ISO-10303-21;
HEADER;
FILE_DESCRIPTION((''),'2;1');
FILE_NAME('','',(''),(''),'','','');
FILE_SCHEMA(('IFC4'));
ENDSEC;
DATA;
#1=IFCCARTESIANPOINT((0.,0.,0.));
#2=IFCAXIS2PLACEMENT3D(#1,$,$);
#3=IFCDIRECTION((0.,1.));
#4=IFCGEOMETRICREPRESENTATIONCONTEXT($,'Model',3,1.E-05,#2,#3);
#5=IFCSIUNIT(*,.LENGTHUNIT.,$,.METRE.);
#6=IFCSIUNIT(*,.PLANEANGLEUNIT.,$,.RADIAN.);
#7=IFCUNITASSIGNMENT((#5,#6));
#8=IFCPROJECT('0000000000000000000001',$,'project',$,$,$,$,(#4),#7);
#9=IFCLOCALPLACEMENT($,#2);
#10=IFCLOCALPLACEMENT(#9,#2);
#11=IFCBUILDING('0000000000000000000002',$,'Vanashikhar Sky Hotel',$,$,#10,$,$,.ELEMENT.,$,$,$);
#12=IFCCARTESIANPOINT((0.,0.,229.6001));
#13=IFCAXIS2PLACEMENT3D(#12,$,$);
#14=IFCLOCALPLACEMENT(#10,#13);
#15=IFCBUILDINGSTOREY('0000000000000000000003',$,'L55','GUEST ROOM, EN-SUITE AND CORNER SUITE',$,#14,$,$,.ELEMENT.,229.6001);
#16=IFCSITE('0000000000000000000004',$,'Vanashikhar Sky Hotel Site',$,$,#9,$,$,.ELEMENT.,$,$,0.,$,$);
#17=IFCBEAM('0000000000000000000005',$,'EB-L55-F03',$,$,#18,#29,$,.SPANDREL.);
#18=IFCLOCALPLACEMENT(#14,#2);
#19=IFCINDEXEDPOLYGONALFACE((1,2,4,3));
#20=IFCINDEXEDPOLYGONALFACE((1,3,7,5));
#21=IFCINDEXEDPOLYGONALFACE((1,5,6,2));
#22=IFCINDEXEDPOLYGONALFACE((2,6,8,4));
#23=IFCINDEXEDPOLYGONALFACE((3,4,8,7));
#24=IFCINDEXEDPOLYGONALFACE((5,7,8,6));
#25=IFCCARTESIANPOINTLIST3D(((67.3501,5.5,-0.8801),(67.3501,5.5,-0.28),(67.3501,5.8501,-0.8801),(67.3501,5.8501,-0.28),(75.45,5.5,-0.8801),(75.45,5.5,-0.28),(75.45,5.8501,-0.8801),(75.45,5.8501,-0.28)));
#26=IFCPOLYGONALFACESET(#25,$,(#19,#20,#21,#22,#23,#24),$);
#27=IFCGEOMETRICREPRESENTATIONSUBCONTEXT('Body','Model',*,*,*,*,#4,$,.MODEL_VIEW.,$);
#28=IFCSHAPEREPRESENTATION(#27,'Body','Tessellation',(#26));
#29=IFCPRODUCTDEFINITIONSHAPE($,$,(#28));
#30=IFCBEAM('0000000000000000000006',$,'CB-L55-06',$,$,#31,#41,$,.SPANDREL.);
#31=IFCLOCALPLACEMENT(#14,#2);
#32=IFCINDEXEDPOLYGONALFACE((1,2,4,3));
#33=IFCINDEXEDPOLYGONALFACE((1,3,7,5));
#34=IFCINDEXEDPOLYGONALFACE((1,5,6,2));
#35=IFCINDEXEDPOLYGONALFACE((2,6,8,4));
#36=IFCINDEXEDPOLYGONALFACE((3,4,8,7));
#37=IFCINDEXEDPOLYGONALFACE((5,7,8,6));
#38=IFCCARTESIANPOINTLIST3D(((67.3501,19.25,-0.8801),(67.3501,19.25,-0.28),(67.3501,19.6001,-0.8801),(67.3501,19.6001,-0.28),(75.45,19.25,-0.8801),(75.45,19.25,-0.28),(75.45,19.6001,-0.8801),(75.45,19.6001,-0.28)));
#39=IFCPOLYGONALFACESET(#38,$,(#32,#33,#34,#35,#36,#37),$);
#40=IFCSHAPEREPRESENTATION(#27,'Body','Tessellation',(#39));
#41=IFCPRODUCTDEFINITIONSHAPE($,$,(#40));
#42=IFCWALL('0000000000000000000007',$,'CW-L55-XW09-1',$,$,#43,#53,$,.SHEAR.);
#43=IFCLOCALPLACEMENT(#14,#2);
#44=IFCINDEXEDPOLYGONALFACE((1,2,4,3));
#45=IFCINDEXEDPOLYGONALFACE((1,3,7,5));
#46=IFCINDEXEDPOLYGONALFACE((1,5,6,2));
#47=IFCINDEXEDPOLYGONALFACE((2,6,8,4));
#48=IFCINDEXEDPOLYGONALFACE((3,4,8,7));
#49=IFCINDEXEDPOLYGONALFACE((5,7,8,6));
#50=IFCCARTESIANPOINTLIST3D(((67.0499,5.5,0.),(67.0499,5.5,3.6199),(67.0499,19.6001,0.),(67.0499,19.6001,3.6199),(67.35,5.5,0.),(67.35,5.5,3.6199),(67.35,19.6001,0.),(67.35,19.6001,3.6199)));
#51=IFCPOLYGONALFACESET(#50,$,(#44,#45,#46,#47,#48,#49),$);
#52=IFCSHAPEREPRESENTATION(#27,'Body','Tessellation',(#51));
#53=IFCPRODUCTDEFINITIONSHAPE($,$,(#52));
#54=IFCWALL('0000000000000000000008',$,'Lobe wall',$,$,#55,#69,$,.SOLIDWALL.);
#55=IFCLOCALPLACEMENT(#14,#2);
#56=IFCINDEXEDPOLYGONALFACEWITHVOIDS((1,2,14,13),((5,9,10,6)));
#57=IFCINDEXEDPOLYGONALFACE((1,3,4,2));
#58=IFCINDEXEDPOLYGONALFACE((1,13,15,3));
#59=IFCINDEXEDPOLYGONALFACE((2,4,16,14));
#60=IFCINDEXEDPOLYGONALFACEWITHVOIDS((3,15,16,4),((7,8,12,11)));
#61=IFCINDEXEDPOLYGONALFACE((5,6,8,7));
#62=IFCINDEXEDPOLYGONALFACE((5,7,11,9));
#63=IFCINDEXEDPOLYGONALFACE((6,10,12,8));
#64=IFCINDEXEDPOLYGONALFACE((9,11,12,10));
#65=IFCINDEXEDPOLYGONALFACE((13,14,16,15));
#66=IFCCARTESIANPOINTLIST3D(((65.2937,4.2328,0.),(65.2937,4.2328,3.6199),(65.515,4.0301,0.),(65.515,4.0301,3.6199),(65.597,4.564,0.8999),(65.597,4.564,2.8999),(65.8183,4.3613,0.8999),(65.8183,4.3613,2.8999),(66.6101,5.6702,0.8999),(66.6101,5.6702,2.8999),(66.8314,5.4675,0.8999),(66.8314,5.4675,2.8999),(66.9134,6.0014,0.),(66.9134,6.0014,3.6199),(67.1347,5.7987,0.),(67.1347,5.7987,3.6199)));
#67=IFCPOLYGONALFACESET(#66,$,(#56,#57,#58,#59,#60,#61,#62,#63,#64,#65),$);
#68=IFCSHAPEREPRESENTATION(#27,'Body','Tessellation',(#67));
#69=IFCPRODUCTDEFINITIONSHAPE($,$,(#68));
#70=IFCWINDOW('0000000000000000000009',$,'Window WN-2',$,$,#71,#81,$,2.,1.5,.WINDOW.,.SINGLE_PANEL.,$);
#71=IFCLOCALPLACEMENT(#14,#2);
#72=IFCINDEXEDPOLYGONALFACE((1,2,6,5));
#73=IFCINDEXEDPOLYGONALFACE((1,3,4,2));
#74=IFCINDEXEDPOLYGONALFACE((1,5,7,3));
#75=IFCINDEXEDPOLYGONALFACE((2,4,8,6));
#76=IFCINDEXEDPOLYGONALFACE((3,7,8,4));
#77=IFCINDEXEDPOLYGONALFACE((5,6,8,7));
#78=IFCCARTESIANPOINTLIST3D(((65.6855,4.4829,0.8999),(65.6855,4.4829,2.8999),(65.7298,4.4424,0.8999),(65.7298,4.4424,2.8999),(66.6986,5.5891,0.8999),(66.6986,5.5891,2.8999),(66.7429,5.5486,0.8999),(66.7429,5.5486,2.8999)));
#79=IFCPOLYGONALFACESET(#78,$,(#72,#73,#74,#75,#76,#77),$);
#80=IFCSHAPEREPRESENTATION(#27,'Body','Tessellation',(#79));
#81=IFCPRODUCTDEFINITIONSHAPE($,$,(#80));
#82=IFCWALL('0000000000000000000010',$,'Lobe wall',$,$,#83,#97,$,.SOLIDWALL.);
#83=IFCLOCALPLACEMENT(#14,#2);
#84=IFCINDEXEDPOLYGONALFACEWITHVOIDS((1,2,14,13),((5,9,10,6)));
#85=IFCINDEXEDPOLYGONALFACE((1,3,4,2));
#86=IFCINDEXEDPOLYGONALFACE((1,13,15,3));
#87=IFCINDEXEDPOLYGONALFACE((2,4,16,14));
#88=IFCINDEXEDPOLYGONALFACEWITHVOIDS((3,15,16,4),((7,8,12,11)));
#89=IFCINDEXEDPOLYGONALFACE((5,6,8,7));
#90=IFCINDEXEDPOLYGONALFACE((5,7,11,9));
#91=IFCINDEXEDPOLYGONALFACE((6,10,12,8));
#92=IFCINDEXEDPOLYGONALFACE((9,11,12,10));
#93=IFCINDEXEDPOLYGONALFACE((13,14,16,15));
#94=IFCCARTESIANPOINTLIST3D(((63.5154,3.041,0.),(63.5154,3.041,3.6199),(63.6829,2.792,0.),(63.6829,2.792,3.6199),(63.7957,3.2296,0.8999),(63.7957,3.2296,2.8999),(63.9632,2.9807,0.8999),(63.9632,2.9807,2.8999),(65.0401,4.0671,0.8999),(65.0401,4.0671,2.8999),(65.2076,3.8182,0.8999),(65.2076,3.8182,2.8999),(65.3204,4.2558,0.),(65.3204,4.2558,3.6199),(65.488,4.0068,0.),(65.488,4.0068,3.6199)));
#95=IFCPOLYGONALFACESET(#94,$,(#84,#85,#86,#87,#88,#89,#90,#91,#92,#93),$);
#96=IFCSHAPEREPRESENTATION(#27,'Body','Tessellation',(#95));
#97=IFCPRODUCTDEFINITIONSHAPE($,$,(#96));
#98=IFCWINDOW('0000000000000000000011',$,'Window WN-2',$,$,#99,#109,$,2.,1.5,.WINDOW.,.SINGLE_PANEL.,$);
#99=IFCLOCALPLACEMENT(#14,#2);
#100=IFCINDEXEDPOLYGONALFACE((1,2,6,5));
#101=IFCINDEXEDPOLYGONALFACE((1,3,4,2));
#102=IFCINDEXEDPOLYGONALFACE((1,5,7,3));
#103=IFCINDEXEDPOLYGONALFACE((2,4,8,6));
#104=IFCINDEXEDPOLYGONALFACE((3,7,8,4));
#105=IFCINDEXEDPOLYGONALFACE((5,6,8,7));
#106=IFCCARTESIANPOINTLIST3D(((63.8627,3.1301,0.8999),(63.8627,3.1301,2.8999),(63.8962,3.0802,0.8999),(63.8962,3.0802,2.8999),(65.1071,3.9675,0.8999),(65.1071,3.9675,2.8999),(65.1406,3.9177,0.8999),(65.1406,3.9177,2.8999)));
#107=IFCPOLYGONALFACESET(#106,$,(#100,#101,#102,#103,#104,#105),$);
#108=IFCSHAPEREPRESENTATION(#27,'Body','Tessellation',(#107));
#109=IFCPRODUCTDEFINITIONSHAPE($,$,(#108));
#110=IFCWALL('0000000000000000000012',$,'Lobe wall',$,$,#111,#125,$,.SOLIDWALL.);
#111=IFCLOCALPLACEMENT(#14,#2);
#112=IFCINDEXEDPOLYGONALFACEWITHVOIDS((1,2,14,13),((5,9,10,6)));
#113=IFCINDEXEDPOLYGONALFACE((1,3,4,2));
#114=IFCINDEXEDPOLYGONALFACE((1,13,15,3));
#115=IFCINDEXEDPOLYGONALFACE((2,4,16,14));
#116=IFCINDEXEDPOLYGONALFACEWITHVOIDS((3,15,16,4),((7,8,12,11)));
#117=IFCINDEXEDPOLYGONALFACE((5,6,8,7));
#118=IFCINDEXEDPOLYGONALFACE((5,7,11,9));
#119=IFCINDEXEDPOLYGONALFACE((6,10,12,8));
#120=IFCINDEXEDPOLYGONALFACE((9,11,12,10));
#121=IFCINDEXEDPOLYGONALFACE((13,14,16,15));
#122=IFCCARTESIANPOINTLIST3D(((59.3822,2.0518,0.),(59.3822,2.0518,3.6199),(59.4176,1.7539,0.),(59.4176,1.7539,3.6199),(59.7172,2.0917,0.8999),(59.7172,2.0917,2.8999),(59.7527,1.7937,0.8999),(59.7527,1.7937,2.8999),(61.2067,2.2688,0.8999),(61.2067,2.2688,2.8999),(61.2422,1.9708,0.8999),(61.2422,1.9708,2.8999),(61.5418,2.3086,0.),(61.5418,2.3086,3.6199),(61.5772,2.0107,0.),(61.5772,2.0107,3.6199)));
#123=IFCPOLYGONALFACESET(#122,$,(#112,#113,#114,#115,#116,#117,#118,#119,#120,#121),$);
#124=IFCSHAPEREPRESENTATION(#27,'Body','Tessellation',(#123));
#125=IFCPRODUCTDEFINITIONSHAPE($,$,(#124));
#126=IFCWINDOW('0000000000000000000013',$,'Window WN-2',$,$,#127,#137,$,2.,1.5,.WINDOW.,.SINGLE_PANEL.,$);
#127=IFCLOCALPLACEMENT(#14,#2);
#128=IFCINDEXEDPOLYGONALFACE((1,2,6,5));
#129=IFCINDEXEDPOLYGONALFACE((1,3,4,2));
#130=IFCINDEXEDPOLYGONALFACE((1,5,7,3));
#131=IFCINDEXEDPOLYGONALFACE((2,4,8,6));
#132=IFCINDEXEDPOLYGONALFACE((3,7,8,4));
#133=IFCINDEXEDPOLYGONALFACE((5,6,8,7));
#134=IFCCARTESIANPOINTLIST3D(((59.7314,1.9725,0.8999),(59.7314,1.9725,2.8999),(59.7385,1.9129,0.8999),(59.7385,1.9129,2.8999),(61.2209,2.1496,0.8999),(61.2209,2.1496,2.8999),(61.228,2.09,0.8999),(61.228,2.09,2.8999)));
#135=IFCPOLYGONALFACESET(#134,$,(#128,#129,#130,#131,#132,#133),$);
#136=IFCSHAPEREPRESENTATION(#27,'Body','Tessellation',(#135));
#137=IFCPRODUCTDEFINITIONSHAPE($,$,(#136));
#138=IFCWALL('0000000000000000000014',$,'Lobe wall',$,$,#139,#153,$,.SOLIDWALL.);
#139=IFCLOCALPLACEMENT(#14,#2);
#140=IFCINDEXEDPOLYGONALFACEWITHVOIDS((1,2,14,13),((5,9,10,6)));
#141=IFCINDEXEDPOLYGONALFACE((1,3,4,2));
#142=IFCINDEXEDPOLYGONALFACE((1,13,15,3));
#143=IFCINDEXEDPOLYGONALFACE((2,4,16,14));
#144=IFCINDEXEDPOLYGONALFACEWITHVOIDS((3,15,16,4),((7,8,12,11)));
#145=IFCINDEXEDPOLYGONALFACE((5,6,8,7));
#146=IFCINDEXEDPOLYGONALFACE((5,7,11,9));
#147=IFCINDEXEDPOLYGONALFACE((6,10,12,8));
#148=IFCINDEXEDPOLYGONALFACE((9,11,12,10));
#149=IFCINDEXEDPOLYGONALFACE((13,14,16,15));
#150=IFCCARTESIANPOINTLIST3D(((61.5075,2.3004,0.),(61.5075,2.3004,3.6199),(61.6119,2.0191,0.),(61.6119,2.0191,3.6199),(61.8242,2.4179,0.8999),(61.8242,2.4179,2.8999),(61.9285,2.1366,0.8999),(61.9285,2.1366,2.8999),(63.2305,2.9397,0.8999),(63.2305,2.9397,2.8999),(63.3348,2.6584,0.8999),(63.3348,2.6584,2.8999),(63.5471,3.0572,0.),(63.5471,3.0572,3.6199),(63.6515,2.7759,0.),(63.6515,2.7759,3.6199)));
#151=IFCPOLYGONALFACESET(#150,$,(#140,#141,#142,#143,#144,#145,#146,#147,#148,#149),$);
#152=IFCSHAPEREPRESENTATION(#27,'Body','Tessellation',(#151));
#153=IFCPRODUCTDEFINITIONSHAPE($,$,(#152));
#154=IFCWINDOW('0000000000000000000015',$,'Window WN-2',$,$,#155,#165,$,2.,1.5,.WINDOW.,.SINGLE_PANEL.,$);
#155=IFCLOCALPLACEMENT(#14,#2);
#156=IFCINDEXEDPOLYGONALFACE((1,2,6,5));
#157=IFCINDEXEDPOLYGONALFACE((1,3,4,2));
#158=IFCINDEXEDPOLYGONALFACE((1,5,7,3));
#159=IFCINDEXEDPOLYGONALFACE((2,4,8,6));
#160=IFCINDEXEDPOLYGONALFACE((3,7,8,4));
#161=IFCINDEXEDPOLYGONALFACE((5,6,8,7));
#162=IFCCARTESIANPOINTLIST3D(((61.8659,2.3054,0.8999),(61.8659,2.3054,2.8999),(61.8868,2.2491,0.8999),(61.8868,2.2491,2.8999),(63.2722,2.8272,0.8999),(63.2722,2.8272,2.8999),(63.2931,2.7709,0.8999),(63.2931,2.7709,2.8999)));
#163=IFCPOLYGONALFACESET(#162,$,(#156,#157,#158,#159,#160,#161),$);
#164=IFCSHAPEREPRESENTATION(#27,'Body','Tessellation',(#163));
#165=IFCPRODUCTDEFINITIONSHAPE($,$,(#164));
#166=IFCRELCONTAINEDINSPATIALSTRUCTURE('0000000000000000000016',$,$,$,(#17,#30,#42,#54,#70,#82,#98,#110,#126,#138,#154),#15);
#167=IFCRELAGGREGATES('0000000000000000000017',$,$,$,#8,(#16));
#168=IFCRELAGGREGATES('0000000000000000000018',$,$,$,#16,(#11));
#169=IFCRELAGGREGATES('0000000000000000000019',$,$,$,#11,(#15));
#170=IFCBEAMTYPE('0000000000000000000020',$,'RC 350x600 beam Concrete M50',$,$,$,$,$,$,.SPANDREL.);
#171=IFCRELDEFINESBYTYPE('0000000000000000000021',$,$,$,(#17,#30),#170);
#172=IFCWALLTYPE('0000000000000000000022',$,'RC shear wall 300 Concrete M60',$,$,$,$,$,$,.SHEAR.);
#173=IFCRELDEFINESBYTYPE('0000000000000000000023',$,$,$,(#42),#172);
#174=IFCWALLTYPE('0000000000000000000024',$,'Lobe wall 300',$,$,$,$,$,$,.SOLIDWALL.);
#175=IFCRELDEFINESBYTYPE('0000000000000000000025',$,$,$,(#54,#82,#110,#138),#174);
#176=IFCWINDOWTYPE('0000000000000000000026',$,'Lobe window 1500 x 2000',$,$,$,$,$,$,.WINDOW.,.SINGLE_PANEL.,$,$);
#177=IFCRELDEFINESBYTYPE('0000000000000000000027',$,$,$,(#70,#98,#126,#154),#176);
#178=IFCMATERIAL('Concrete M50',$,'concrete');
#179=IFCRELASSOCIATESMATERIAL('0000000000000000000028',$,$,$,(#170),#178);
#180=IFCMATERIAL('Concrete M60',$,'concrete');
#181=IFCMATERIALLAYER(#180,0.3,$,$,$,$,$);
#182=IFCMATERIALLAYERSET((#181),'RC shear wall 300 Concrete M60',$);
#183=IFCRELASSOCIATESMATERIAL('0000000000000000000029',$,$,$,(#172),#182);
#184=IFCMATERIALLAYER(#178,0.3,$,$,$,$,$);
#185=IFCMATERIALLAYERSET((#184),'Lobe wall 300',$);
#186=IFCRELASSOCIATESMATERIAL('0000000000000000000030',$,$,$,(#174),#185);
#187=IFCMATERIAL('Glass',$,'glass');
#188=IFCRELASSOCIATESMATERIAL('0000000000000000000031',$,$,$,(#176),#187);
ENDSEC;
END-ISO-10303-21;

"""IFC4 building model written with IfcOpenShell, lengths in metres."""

from ifc_helpers import new_model, si_unit, direction, frame, frame_2d, origin, origin_2d, place, context, subcontext, project, spatial, rectangle, extrude, source, transform, mapped, material, layer, layer_set, material_profile, profile_set, type_object, element, fill, save


model = new_model("IFC4")

# Units and contexts
model_context = context("Model", 3, precision=1e-05, world=origin(), true_north=direction((0.0, 1.0)))
body_context = subcontext(model_context, "Body", "Model", "MODEL_VIEW")
ifc_project = project(units=[si_unit("LENGTHUNIT", "METRE"), si_unit("PLANEANGLEUNIT", "RADIAN")], contexts=[model_context])

# Site, building, storey
site_placement = place(None, origin())
site = spatial("IfcSite", under=ifc_project, at=site_placement, Name="Vanashikhar Sky Hotel Site", CompositionType="ELEMENT", RefElevation=0.0)
building_placement = place(site_placement, origin())
building = spatial("IfcBuilding", under=site, at=building_placement, Name="Vanashikhar Sky Hotel", CompositionType="ELEMENT")
storey_placement = place(building_placement, frame((0.0, 0.0, 229.6001)))
storey = spatial("IfcBuildingStorey", under=building, at=storey_placement, Name="L55", Description="GUEST ROOM, EN-SUITE AND CORNER SUITE", CompositionType="ELEMENT", Elevation=229.6001)

# Beams
ifc_material_1 = material(Name="Concrete M50", Category="concrete")
ifc_material_profile_1 = material_profile(ifc_material_1, rectangle(XDim=0.3501, YDim=0.6001, at=origin_2d()))
ifc_profile_set_1 = profile_set([ifc_material_profile_1], Name="RC 350x600 beam Concrete M50")
beam_type = type_object("IfcBeamType", Name="RC 350x600 beam Concrete M50", PredefinedType="SPANDREL", material=ifc_profile_set_1)
shared_shape_1 = source(origin(), body_context, "Body", "SweptSolid", [
    extrude(rectangle(XDim=0.3501, YDim=0.6001, at=origin_2d()), origin(), (0.0, 0.0, 1.0), 8.0999),
])
for number, where, z_axis, x_axis, name in (
    (1, (67.3501, 5.675, -0.5801), (1.0, 0.0, 0.0), (0.0, 1.0, 0.0), "EB-L55-F03"),
    (2, (67.3501, 19.425, -0.5801), (1.0, 0.0, 0.0), (0.0, 1.0, 0.0), "CB-L55-06"),
):
    element("IfcBeam", number, at=place(storey_placement, frame(where, z_axis=z_axis, x_axis=x_axis)), inside=storey, type_object=beam_type, Name=name, PredefinedType="SPANDREL", context=body_context, shape_type="MappedRepresentation", body=[
        mapped(shared_shape_1, transform((0.0, 0.0, 0.0), scale=1.0)),
    ])

# Wall
ifc_material_2 = material(Name="Concrete M60", Category="concrete")
ifc_layer_1 = layer(ifc_material_2, 0.3)
ifc_layer_set_1 = layer_set([ifc_layer_1], Name="RC shear wall 300 Concrete M60")
wall_type_1 = type_object("IfcWallType", Name="RC shear wall 300 Concrete M60", PredefinedType="SHEAR", material=ifc_layer_set_1)
shared_shape_2 = source(origin(), body_context, "Body", "SweptSolid", [
    extrude(rectangle(XDim=14.1001, YDim=0.3, at=frame_2d((7.05, 0.0))), origin(), (0.0, 0.0, 1.0), 3.6199),
])
wall_1_placement = place(storey_placement, frame((67.2, 5.5, 0.0), z_axis=(0.0, 0.0, 1.0), x_axis=(0.0, 1.0, 0.0)))
element("IfcWall", 3, at=wall_1_placement, inside=storey, type_object=wall_type_1, Name="CW-L55-XW09-1", PredefinedType="SHEAR", context=body_context, shape_type="MappedRepresentation", body=[
    mapped(shared_shape_2, transform((0.0, 0.0, 0.0), scale=1.0)),
])

# Shared definitions
ifc_material_3 = material(Name="Glass", Category="glass")

# Walls, openings, windows
ifc_layer_2 = layer(ifc_material_1, 0.3)
ifc_layer_set_2 = layer_set([ifc_layer_2], Name="Lobe wall 300")
wall_type_2 = type_object("IfcWallType", Name="Lobe wall 300", PredefinedType="SOLIDWALL", material=ifc_layer_set_2)
shared_shape_3 = source(origin(), body_context, "Body", "SweptSolid", [
    extrude(rectangle(XDim=2.3982, YDim=0.3, at=frame_2d((1.1992, 0.0))), origin(), (0.0, 0.0, 1.0), 3.6199),
])
wall_2_placement = place(storey_placement, frame((65.4043, 4.1313, 0.0), z_axis=(0.0, 0.0, 1.0), x_axis=(0.675374, 0.737475, 0.0)))
wall_2 = element("IfcWall", 4, at=wall_2_placement, inside=storey, type_object=wall_type_2, Name="Lobe wall", PredefinedType="SOLIDWALL", context=body_context, shape_type="MappedRepresentation", body=[
    mapped(shared_shape_3, transform((0.0, 0.0, 0.0), scale=1.0)),
])
shared_shape_4 = source(origin(), body_context, "Body", "SweptSolid", [
    extrude(rectangle(XDim=1.5, YDim=2.0, at=frame_2d((0.75, 1.0))), frame((0.0, 0.1602, 0.0), z_axis=(0.0, -1.0, 0.0), x_axis=(1.0, 0.0, 0.0)), (0.0, 0.0, 1.0), 0.3201),
])
opening_1_placement = place(wall_2_placement, frame((0.4492, 0.0, 0.8999)))
opening_1 = element("IfcOpeningElement", 5, at=opening_1_placement, cuts=wall_2, PredefinedType="OPENING", context=body_context, shape_type="MappedRepresentation", body=[
    mapped(shared_shape_4, transform((0.0, 0.0, 0.0), scale=1.0)),
])
window_type_1 = type_object("IfcWindowType", Name="Lobe window 1500 x 2000", PartitioningType="SINGLE_PANEL", PredefinedType="WINDOW", material=ifc_material_3)
shared_shape_5 = source(origin(), body_context, "Body", "SweptSolid", [
    extrude(rectangle(XDim=1.5, YDim=2.0, at=frame_2d((0.75, 1.0))), frame((0.0, 0.03, 0.0), z_axis=(0.0, -1.0, 0.0), x_axis=(1.0, 0.0, 0.0)), (0.0, 0.0, 1.0), 0.0601),
])
window_1_placement = place(opening_1_placement, origin())
window_1 = element("IfcWindow", 6, at=window_1_placement, inside=storey, type_object=window_type_1, Name="Window WN-2", OverallHeight=2.0, OverallWidth=1.5, PartitioningType="SINGLE_PANEL", PredefinedType="WINDOW", context=body_context, shape_type="MappedRepresentation", body=[
    mapped(shared_shape_5, transform((0.0, 0.0, 0.0), scale=1.0)),
])
fill(opening_1, window_1)
shared_shape_6 = source(origin(), body_context, "Body", "SweptSolid", [
    extrude(rectangle(XDim=2.1758, YDim=0.3, at=frame_2d((1.0879, 0.0))), origin(), (0.0, 0.0, 1.0), 3.6199),
])
wall_3_placement = place(storey_placement, frame((63.5991, 2.9165, 0.0), z_axis=(0.0, 0.0, 1.0), x_axis=(0.829626, 0.55832, 0.0)))
wall_3 = element("IfcWall", 7, at=wall_3_placement, inside=storey, type_object=wall_type_2, Name="Lobe wall", PredefinedType="SOLIDWALL", context=body_context, shape_type="MappedRepresentation", body=[
    mapped(shared_shape_6, transform((0.0, 0.0, 0.0), scale=1.0)),
])
opening_2_placement = place(wall_3_placement, frame((0.3379, 0.0, 0.8999)))
opening_2 = element("IfcOpeningElement", 8, at=opening_2_placement, cuts=wall_3, PredefinedType="OPENING", context=body_context, shape_type="MappedRepresentation", body=[
    mapped(shared_shape_4, transform((0.0, 0.0, 0.0), scale=1.0)),
])
window_2_placement = place(opening_2_placement, origin())
window_2 = element("IfcWindow", 9, at=window_2_placement, inside=storey, type_object=window_type_1, Name="Window WN-2", OverallHeight=2.0, OverallWidth=1.5, PartitioningType="SINGLE_PANEL", PredefinedType="WINDOW", context=body_context, shape_type="MappedRepresentation", body=[
    mapped(shared_shape_5, transform((0.0, 0.0, 0.0), scale=1.0)),
])
fill(opening_2, window_2)
shared_shape_7 = source(origin(), body_context, "Body", "SweptSolid", [
    extrude(rectangle(XDim=2.1748, YDim=0.3, at=frame_2d((1.0874, 0.0))), origin(), (0.0, 0.0, 1.0), 3.6199),
])
wall_4_placement = place(storey_placement, frame((59.3999, 1.9028, 0.0), z_axis=(0.0, 0.0, 1.0), x_axis=(0.993003, 0.118092, 0.0)))
wall_4 = element("IfcWall", 10, at=wall_4_placement, inside=storey, type_object=wall_type_2, Name="Lobe wall", PredefinedType="SOLIDWALL", context=body_context, shape_type="MappedRepresentation", body=[
    mapped(shared_shape_7, transform((0.0, 0.0, 0.0), scale=1.0)),
])
opening_3_placement = place(wall_4_placement, frame((0.3374, 0.0, 0.8999)))
opening_3 = element("IfcOpeningElement", 11, at=opening_3_placement, cuts=wall_4, PredefinedType="OPENING", context=body_context, shape_type="MappedRepresentation", body=[
    mapped(shared_shape_4, transform((0.0, 0.0, 0.0), scale=1.0)),
])
window_3_placement = place(opening_3_placement, origin())
window_3 = element("IfcWindow", 12, at=window_3_placement, inside=storey, type_object=window_type_1, Name="Window WN-2", OverallHeight=2.0, OverallWidth=1.5, PartitioningType="SINGLE_PANEL", PredefinedType="WINDOW", context=body_context, shape_type="MappedRepresentation", body=[
    mapped(shared_shape_5, transform((0.0, 0.0, 0.0), scale=1.0)),
])
fill(opening_3, window_3)
shared_shape_8 = source(origin(), body_context, "Body", "SweptSolid", [
    extrude(rectangle(XDim=2.1755, YDim=0.3, at=frame_2d((1.0879, 0.0))), origin(), (0.0, 0.0, 1.0), 3.6199),
])
wall_5_placement = place(storey_placement, frame((61.5596, 2.1597, 0.0), z_axis=(0.0, 0.0, 1.0), x_axis=(0.937532, 0.347899, 0.0)))
wall_5 = element("IfcWall", 13, at=wall_5_placement, inside=storey, type_object=wall_type_2, Name="Lobe wall", PredefinedType="SOLIDWALL", context=body_context, shape_type="MappedRepresentation", body=[
    mapped(shared_shape_8, transform((0.0, 0.0, 0.0), scale=1.0)),
])
opening_4_placement = place(wall_5_placement, frame((0.3379, 0.0, 0.8999)))
opening_4 = element("IfcOpeningElement", 14, at=opening_4_placement, cuts=wall_5, PredefinedType="OPENING", context=body_context, shape_type="MappedRepresentation", body=[
    mapped(shared_shape_4, transform((0.0, 0.0, 0.0), scale=1.0)),
])
window_4_placement = place(opening_4_placement, origin())
window_4 = element("IfcWindow", 15, at=window_4_placement, inside=storey, type_object=window_type_1, Name="Window WN-2", OverallHeight=2.0, OverallWidth=1.5, PartitioningType="SINGLE_PANEL", PredefinedType="WINDOW", context=body_context, shape_type="MappedRepresentation", body=[
    mapped(shared_shape_5, transform((0.0, 0.0, 0.0), scale=1.0)),
])
fill(opening_4, window_4)

save(model, "model.ifc")
